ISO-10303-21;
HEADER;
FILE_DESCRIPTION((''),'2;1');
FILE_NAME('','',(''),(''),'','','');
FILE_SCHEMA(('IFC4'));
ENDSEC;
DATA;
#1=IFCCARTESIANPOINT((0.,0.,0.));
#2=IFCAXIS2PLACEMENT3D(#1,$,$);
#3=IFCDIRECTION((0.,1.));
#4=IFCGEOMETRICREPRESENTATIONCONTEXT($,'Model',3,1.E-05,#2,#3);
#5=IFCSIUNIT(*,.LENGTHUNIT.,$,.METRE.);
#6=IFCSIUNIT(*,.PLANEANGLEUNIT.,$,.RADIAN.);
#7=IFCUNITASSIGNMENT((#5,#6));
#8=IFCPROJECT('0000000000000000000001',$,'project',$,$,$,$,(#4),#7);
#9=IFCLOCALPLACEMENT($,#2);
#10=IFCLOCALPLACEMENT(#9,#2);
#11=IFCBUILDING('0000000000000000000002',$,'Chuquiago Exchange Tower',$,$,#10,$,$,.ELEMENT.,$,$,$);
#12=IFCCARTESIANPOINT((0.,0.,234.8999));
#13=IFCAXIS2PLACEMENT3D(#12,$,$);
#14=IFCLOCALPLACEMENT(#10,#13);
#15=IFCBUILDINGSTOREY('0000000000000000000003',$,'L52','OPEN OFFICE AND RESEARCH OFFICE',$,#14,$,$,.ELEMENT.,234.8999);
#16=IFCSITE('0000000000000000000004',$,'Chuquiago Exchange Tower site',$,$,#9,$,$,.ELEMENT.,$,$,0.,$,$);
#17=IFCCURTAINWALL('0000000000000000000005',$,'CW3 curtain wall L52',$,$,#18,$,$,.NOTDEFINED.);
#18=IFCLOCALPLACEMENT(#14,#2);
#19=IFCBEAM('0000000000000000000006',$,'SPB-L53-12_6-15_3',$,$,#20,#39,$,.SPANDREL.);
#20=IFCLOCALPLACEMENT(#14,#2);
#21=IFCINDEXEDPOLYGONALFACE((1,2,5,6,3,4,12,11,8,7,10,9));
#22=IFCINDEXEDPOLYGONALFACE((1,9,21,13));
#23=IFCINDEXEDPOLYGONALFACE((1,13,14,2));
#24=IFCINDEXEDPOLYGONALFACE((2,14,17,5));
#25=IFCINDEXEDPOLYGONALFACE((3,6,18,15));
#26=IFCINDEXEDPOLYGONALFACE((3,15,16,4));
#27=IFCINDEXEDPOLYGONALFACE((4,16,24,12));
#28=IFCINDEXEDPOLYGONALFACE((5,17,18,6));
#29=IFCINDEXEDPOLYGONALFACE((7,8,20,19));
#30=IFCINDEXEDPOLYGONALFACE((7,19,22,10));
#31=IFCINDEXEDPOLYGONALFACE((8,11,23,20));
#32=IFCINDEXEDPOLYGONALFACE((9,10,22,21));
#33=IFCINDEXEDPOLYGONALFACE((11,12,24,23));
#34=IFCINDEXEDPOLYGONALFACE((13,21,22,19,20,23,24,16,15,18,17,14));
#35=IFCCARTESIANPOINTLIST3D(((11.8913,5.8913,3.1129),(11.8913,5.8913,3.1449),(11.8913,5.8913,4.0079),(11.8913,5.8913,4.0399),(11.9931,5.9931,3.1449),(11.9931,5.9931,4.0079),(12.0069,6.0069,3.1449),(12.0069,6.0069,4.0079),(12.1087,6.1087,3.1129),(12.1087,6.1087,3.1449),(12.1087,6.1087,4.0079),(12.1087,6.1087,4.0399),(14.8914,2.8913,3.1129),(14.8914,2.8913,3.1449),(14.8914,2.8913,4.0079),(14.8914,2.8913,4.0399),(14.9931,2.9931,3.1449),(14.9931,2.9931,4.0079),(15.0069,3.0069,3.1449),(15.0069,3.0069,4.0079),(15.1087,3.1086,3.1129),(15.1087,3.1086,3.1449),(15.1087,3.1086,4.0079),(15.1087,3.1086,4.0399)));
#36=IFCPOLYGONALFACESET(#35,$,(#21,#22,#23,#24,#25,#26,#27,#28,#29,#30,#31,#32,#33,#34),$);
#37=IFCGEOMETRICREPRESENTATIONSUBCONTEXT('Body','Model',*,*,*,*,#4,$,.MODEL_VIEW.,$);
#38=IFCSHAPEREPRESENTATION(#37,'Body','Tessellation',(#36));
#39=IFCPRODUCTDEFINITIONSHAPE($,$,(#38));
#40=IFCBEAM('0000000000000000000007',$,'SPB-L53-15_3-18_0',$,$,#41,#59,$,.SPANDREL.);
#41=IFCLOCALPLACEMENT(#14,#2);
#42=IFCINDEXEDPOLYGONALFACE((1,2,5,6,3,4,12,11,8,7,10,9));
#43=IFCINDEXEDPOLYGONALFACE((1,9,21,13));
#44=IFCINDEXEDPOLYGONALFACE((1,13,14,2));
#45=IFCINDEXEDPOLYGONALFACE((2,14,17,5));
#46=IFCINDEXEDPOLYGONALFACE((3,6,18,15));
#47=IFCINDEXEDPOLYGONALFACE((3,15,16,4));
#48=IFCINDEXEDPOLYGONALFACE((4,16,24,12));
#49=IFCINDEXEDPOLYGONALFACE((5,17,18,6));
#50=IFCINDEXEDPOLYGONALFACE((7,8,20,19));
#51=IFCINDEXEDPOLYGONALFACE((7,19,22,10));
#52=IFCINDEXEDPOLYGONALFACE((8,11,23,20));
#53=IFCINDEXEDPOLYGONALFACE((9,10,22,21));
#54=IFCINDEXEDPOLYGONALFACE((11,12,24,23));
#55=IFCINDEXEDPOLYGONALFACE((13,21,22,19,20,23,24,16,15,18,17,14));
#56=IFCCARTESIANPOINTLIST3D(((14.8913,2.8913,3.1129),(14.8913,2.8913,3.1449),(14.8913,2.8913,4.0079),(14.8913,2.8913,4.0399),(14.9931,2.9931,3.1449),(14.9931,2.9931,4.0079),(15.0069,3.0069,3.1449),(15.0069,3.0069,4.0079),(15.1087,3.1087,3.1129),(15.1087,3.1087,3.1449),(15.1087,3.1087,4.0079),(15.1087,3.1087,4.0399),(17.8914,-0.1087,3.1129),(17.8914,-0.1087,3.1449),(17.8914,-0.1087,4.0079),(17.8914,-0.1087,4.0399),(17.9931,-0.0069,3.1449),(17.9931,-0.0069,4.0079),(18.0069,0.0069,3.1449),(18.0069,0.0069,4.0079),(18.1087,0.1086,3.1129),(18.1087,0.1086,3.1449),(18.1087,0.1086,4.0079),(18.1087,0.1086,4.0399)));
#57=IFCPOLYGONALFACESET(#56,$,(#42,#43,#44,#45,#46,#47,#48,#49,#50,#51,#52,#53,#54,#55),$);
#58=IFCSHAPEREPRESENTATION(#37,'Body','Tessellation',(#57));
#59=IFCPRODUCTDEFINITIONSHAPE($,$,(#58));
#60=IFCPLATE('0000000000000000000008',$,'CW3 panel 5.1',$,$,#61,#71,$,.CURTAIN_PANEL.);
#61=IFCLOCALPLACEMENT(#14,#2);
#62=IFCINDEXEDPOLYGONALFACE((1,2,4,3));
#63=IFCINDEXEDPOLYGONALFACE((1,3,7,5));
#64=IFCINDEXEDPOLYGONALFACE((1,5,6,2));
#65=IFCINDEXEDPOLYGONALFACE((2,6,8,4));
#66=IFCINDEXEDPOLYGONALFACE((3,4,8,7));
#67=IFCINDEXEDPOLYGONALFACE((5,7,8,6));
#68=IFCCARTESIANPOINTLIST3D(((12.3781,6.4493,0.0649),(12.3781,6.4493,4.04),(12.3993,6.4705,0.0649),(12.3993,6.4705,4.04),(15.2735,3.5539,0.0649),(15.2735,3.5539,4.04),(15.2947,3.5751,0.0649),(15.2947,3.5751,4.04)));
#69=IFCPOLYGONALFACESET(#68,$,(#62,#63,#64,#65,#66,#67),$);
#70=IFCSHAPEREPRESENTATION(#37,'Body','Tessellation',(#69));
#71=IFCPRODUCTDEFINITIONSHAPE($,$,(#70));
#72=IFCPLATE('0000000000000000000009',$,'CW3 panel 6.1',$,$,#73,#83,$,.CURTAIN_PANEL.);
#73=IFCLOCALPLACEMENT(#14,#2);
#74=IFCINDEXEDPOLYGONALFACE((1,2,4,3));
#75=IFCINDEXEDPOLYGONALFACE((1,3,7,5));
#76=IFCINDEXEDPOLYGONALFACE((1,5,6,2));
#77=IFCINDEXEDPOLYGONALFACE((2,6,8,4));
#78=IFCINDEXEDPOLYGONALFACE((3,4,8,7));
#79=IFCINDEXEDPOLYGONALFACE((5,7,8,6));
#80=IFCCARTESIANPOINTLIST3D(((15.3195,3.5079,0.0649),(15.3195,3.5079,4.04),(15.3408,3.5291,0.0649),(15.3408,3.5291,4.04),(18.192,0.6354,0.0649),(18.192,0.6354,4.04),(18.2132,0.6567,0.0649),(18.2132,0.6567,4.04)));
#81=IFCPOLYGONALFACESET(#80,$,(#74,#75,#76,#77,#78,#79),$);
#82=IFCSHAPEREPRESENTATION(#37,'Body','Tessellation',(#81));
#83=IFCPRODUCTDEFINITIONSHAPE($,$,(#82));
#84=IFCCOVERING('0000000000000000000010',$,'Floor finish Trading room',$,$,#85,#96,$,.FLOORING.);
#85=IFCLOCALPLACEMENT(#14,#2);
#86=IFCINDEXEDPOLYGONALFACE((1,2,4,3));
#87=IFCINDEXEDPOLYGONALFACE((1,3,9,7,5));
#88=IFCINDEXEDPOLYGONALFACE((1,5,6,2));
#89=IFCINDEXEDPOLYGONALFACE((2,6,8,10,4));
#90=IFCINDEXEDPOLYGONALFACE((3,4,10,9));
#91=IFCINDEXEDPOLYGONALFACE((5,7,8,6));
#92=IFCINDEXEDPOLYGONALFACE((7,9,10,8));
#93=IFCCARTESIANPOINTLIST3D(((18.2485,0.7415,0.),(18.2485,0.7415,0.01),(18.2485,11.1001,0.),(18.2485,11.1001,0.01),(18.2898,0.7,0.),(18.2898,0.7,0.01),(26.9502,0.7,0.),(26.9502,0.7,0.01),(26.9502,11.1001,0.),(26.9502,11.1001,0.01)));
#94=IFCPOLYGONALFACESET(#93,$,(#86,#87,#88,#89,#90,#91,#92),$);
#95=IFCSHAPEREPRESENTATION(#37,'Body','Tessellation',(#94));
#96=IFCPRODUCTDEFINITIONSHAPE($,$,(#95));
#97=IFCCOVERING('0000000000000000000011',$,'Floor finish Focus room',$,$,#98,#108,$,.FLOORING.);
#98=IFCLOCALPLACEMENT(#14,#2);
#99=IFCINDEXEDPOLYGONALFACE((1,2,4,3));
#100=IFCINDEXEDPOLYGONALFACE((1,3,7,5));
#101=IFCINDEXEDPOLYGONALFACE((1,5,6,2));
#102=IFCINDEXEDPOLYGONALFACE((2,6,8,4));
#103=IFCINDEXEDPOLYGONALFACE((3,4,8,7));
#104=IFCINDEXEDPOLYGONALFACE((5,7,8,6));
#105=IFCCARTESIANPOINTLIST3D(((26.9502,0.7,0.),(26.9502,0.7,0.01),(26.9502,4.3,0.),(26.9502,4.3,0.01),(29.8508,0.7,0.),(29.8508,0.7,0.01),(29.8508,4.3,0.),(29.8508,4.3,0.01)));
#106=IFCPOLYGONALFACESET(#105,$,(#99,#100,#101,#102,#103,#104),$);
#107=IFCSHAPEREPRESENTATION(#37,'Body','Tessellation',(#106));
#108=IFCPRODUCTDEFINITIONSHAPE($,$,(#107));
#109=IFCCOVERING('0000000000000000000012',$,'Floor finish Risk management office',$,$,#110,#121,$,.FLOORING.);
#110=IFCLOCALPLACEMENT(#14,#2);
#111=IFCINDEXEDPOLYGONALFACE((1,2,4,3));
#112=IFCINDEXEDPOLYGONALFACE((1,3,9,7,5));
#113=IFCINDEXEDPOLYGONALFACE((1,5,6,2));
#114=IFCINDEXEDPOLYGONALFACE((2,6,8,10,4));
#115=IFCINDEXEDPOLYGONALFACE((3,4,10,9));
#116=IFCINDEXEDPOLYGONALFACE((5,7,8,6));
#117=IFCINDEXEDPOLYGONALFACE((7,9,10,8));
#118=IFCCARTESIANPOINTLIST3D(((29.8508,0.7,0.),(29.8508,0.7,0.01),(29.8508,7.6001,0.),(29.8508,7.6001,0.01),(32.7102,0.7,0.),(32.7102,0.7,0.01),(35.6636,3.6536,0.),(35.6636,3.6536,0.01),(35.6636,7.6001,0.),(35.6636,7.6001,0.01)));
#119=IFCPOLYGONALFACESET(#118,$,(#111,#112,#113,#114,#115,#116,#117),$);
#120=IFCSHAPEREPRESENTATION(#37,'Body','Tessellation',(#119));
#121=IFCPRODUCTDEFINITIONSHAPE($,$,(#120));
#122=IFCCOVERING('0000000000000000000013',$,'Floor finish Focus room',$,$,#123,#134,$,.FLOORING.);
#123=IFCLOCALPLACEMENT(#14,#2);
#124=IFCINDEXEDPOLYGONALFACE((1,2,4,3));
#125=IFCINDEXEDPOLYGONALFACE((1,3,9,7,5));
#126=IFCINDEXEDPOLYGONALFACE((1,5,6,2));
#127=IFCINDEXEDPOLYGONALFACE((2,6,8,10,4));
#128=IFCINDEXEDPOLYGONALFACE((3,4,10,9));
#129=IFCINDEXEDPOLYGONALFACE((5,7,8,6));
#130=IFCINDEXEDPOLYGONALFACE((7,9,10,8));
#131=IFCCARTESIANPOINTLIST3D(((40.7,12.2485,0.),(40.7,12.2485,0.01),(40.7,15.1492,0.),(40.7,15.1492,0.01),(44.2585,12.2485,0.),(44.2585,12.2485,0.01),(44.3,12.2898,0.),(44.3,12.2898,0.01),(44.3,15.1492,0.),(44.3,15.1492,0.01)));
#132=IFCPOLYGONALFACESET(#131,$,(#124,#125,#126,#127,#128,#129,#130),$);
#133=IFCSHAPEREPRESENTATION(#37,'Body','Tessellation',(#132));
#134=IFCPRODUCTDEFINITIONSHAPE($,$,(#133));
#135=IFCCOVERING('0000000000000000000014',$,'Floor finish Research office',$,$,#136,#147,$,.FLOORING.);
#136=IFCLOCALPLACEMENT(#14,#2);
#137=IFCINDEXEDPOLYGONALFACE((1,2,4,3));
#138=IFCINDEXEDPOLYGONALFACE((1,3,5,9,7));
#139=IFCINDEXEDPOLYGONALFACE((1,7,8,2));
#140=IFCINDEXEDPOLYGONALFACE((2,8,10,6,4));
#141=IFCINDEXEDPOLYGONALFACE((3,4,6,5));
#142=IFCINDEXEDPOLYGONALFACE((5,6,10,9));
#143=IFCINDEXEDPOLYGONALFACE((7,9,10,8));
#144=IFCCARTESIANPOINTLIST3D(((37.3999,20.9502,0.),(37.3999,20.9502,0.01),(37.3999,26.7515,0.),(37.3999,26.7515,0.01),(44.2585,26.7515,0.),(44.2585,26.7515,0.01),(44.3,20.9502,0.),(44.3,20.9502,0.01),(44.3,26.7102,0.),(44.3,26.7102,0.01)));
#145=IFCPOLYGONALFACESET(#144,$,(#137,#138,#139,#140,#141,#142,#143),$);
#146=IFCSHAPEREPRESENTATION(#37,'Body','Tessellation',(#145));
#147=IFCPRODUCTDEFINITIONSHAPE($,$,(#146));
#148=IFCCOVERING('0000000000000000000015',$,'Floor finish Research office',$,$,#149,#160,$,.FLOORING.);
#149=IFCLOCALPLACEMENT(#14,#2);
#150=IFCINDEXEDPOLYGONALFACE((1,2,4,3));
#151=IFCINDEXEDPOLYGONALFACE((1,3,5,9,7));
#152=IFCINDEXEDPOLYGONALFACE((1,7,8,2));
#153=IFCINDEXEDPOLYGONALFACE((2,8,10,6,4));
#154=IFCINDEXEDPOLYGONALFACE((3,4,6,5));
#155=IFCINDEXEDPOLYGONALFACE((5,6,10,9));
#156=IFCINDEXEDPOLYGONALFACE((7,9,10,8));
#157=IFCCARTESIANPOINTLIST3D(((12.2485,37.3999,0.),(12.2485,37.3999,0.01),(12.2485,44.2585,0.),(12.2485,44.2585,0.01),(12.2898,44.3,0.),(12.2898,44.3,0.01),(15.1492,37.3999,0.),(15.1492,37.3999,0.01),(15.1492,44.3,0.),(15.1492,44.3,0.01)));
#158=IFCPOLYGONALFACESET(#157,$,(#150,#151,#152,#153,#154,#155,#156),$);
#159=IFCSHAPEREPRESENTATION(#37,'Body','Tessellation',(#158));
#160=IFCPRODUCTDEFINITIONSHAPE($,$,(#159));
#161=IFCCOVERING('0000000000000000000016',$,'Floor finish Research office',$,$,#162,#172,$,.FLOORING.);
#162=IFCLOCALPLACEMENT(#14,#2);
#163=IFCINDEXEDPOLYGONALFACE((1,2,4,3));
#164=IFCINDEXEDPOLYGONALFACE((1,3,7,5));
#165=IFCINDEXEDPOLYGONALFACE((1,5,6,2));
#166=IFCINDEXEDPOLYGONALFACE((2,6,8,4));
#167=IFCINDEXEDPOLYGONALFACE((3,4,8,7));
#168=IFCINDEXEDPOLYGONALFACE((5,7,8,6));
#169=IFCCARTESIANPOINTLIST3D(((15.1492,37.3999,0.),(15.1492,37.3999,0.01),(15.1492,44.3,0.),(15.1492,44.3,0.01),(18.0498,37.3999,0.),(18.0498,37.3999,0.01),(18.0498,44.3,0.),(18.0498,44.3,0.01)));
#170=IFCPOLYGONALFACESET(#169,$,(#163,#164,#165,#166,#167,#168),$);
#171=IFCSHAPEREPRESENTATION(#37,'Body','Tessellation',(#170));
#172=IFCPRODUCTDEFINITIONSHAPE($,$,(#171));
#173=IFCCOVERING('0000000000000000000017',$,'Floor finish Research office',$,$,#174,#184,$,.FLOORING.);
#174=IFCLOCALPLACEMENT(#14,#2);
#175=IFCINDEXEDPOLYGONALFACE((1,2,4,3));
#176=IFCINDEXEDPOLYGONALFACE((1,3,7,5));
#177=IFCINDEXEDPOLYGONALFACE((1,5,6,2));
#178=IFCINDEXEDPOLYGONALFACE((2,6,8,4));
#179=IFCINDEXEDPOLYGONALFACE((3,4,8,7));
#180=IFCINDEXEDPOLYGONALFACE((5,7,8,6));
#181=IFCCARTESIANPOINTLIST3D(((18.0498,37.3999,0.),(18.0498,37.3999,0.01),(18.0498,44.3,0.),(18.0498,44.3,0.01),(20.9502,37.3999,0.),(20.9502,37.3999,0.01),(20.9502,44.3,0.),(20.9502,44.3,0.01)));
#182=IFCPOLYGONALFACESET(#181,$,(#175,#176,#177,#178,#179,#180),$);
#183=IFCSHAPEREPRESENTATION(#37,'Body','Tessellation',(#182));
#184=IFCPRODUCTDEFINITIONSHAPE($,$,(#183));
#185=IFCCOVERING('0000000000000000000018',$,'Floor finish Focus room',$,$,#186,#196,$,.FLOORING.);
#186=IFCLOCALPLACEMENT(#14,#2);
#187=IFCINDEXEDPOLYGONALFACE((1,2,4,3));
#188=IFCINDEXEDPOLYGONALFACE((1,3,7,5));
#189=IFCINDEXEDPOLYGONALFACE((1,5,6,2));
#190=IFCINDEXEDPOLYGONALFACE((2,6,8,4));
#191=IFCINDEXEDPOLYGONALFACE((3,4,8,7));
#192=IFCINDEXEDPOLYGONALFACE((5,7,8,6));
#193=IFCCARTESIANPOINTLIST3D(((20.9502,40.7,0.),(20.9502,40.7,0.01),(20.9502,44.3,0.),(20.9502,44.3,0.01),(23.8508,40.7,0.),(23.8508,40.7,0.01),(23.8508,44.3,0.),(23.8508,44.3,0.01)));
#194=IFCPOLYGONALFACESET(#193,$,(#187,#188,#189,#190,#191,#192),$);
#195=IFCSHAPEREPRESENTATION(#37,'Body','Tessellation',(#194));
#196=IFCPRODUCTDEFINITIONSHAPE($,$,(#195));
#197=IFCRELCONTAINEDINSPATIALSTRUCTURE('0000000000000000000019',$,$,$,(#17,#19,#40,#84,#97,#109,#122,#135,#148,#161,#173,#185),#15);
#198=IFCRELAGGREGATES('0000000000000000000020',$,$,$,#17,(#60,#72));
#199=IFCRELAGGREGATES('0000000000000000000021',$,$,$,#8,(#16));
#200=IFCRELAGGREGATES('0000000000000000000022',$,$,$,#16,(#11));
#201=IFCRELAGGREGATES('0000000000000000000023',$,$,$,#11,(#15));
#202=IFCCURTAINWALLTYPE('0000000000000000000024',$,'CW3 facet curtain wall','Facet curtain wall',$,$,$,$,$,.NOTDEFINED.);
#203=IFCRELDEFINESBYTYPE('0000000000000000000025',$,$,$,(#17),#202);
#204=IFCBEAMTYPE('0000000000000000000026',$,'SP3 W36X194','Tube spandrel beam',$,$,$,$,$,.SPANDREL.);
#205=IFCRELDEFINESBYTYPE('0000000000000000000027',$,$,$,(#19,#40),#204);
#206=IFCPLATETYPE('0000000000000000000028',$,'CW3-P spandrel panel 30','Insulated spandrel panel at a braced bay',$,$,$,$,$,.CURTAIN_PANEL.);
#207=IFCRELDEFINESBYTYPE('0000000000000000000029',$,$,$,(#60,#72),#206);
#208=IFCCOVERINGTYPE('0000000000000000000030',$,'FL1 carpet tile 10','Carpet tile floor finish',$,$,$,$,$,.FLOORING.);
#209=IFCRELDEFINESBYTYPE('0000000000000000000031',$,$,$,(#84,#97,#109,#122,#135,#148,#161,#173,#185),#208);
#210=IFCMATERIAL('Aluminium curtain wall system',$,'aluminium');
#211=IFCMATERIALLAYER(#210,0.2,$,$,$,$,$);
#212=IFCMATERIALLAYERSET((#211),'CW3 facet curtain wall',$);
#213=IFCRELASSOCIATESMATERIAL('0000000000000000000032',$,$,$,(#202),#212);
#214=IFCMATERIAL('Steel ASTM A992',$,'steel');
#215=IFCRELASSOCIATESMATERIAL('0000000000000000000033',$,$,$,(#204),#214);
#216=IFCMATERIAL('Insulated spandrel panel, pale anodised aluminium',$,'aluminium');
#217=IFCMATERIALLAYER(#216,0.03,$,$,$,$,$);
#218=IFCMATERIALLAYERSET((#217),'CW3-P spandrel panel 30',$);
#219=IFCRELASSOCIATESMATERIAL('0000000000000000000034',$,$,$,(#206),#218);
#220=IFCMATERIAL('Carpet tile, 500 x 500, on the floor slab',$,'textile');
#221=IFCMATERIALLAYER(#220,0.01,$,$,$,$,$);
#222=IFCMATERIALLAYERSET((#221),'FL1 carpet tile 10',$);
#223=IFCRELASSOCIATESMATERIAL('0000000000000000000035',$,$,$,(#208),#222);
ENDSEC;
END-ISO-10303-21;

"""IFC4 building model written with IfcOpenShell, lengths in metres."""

from ifc_helpers import new_model, si_unit, direction, frame, origin, origin_2d, place, context, subcontext, project, spatial, polyline, rectangle, i_section, outline, extrude, material, layer, layer_set, material_profile, profile_set, type_object, element, aggregate, save


model = new_model("IFC4")

# Units and contexts
model_context = context("Model", 3, precision=1e-05, world=origin(), true_north=direction((0.0, 1.0)))
body_context = subcontext(model_context, "Body", "Model", "MODEL_VIEW")
ifc_project = project(units=[si_unit("LENGTHUNIT", "METRE"), si_unit("PLANEANGLEUNIT", "RADIAN")], contexts=[model_context])

# Site, building, storey
site_placement = place(None, origin())
site = spatial("IfcSite", under=ifc_project, at=site_placement, Name="Chuquiago Exchange Tower site", CompositionType="ELEMENT", RefElevation=0.0)
building_placement = place(site_placement, origin())
building = spatial("IfcBuilding", under=site, at=building_placement, Name="Chuquiago Exchange Tower", CompositionType="ELEMENT")
storey_placement = place(building_placement, frame((0.0, 0.0, 234.8999)))
storey = spatial("IfcBuildingStorey", under=building, at=storey_placement, Name="L52", Description="OPEN OFFICE AND RESEARCH OFFICE", CompositionType="ELEMENT", Elevation=234.8999)

# Curtain wall
ifc_material_1 = material(Name="Aluminium curtain wall system", Category="aluminium")
ifc_layer_1 = layer(ifc_material_1, 0.2)
ifc_layer_set_1 = layer_set([ifc_layer_1], Name="CW3 facet curtain wall")
curtain_wall_type = type_object("IfcCurtainWallType", Name="CW3 facet curtain wall", Description="Facet curtain wall", PredefinedType="NOTDEFINED", material=ifc_layer_set_1)
curtain_wall_placement = place(storey_placement, origin())
curtain_wall = element("IfcCurtainWall", 1, at=curtain_wall_placement, inside=storey, type_object=curtain_wall_type, Name="CW3 curtain wall L52", PredefinedType="NOTDEFINED")

# Beams
ifc_material_2 = material(Name="Steel ASTM A992", Category="steel")
ifc_material_profile_1 = material_profile(ifc_material_2, i_section(OverallWidth=0.3074, OverallDepth=0.927, WebThickness=0.0195, FlangeThickness=0.032, at=origin_2d()), Name="W36X194")
ifc_profile_set_1 = profile_set([ifc_material_profile_1], Name="Steel ASTM A992")
beam_type = type_object("IfcBeamType", Name="SP3 W36X194", Description="Tube spandrel beam", PredefinedType="SPANDREL", material=ifc_profile_set_1)
for number, where, z_axis, x_axis, name in (
    (2, (12.0, 6.0, 3.5764), (0.707107, -0.707107, 0.0), (0.707107, 0.707107, 0.0), "SPB-L53-12_6-15_3"),
    (3, (15.0, 3.0, 3.5764), (0.707107, -0.707107, 0.0), (0.707107, 0.707107, 0.0), "SPB-L53-15_3-18_0"),
):
    element("IfcBeam", number, at=place(storey_placement, frame(where, z_axis=z_axis, x_axis=x_axis)), inside=storey, type_object=beam_type, Name=name, PredefinedType="SPANDREL", context=body_context, shape_type="SweptSolid", body=[
        extrude(i_section(OverallWidth=0.3074, OverallDepth=0.927, WebThickness=0.0195, FlangeThickness=0.032, at=origin_2d()), origin(), (0.0, 0.0, 1.0), 4.2427),
    ])

# Plates
ifc_material_3 = material(Name="Insulated spandrel panel, pale anodised aluminium", Category="aluminium")
ifc_layer_2 = layer(ifc_material_3, 0.03)
ifc_layer_set_2 = layer_set([ifc_layer_2], Name="CW3-P spandrel panel 30")
plate_type = type_object("IfcPlateType", Name="CW3-P spandrel panel 30", Description="Insulated spandrel panel at a braced bay", PredefinedType="CURTAIN_PANEL", material=ifc_layer_set_2)
plate_1_placement = place(storey_placement, frame((13.8364, 5.0122, 0.0649), z_axis=(0.0, 0.0, 1.0), x_axis=(0.707107, -0.707107, 0.0)))
plate_1 = element("IfcPlate", 4, at=plate_1_placement, type_object=plate_type, Name="CW3 panel 5.1", PredefinedType="CURTAIN_PANEL", context=body_context, shape_type="SweptSolid", body=[
    extrude(rectangle(XDim=4.0947, YDim=0.03, at=origin_2d()), origin(), (0.0, 0.0, 1.0), 3.9751),
])
plate_2_placement = place(storey_placement, frame((16.7664, 2.0823, 0.0649), z_axis=(0.0, 0.0, 1.0), x_axis=(0.707107, -0.707107, 0.0)))
plate_2 = element("IfcPlate", 5, at=plate_2_placement, type_object=plate_type, Name="CW3 panel 6.1", PredefinedType="CURTAIN_PANEL", context=body_context, shape_type="SweptSolid", body=[
    extrude(rectangle(XDim=4.0623, YDim=0.03, at=origin_2d()), origin(), (0.0, 0.0, 1.0), 3.9751),
])
aggregate(curtain_wall, [plate_1, plate_2])

# Coverings
ifc_material_4 = material(Name="Carpet tile, 500 x 500, on the floor slab", Category="textile")
ifc_layer_3 = layer(ifc_material_4, 0.01)
ifc_layer_set_3 = layer_set([ifc_layer_3], Name="FL1 carpet tile 10")
covering_type_1 = type_object("IfcCoveringType", Name="FL1 carpet tile 10", Description="Carpet tile floor finish", PredefinedType="FLOORING", material=ifc_layer_set_3)
covering_1_placement = place(storey_placement, origin())
element("IfcCovering", 6, at=covering_1_placement, inside=storey, type_object=covering_type_1, Name="Floor finish Trading room", PredefinedType="FLOORING", context=body_context, shape_type="SweptSolid", body=[
    extrude(outline(polyline([(18.2898, 0.7), (18.2485, 0.7415), (18.2485, 11.1001), (26.9502, 11.1001), (26.9502, 0.7), (18.2898, 0.7)])), origin(), (0.0, 0.0, 1.0), 0.01),
])
covering_2_placement = place(storey_placement, origin())
element("IfcCovering", 7, at=covering_2_placement, inside=storey, type_object=covering_type_1, Name="Floor finish Focus room", PredefinedType="FLOORING", context=body_context, shape_type="SweptSolid", body=[
    extrude(outline(polyline([(26.9502, 0.7), (26.9502, 4.3), (29.8508, 4.3), (29.8508, 0.7), (26.9502, 0.7)])), origin(), (0.0, 0.0, 1.0), 0.01),
])
covering_3_placement = place(storey_placement, origin())
element("IfcCovering", 8, at=covering_3_placement, inside=storey, type_object=covering_type_1, Name="Floor finish Risk management office", PredefinedType="FLOORING", context=body_context, shape_type="SweptSolid", body=[
    extrude(outline(polyline([(32.7102, 0.7), (29.8508, 0.7), (29.8508, 7.6001), (35.6636, 7.6001), (35.6636, 3.6536), (32.7102, 0.7)])), origin(), (0.0, 0.0, 1.0), 0.01),
])
covering_4_placement = place(storey_placement, origin())
element("IfcCovering", 9, at=covering_4_placement, inside=storey, type_object=covering_type_1, Name="Floor finish Focus room", PredefinedType="FLOORING", context=body_context, shape_type="SweptSolid", body=[
    extrude(outline(polyline([(44.3, 12.2898), (44.2585, 12.2485), (40.7, 12.2485), (40.7, 15.1492), (44.3, 15.1492), (44.3, 12.2898)])), origin(), (0.0, 0.0, 1.0), 0.01),
])
covering_5_placement = place(storey_placement, origin())
element("IfcCovering", 10, at=covering_5_placement, inside=storey, type_object=covering_type_1, Name="Floor finish Research office", PredefinedType="FLOORING", context=body_context, shape_type="SweptSolid", body=[
    extrude(outline(polyline([(44.3, 26.7102), (44.3, 20.9502), (37.3999, 20.9502), (37.3999, 26.7515), (44.2585, 26.7515), (44.3, 26.7102)])), origin(), (0.0, 0.0, 1.0), 0.01),
])
covering_6_placement = place(storey_placement, origin())
element("IfcCovering", 11, at=covering_6_placement, inside=storey, type_object=covering_type_1, Name="Floor finish Research office", PredefinedType="FLOORING", context=body_context, shape_type="SweptSolid", body=[
    extrude(outline(polyline([(12.2898, 44.3), (15.1492, 44.3), (15.1492, 37.3999), (12.2485, 37.3999), (12.2485, 44.2585), (12.2898, 44.3)])), origin(), (0.0, 0.0, 1.0), 0.01),
])
covering_7_placement = place(storey_placement, origin())
element("IfcCovering", 12, at=covering_7_placement, inside=storey, type_object=covering_type_1, Name="Floor finish Research office", PredefinedType="FLOORING", context=body_context, shape_type="SweptSolid", body=[
    extrude(outline(polyline([(18.0498, 44.3), (18.0498, 37.3999), (15.1492, 37.3999), (15.1492, 44.3), (18.0498, 44.3)])), origin(), (0.0, 0.0, 1.0), 0.01),
])
covering_8_placement = place(storey_placement, origin())
element("IfcCovering", 13, at=covering_8_placement, inside=storey, type_object=covering_type_1, Name="Floor finish Research office", PredefinedType="FLOORING", context=body_context, shape_type="SweptSolid", body=[
    extrude(outline(polyline([(20.9502, 44.3), (20.9502, 37.3999), (18.0498, 37.3999), (18.0498, 44.3), (20.9502, 44.3)])), origin(), (0.0, 0.0, 1.0), 0.01),
])
covering_9_placement = place(storey_placement, origin())
element("IfcCovering", 14, at=covering_9_placement, inside=storey, type_object=covering_type_1, Name="Floor finish Focus room", PredefinedType="FLOORING", context=body_context, shape_type="SweptSolid", body=[
    extrude(outline(polyline([(23.8508, 44.3), (23.8508, 40.7), (20.9502, 40.7), (20.9502, 44.3), (23.8508, 44.3)])), origin(), (0.0, 0.0, 1.0), 0.01),
])

save(model, "model.ifc")
